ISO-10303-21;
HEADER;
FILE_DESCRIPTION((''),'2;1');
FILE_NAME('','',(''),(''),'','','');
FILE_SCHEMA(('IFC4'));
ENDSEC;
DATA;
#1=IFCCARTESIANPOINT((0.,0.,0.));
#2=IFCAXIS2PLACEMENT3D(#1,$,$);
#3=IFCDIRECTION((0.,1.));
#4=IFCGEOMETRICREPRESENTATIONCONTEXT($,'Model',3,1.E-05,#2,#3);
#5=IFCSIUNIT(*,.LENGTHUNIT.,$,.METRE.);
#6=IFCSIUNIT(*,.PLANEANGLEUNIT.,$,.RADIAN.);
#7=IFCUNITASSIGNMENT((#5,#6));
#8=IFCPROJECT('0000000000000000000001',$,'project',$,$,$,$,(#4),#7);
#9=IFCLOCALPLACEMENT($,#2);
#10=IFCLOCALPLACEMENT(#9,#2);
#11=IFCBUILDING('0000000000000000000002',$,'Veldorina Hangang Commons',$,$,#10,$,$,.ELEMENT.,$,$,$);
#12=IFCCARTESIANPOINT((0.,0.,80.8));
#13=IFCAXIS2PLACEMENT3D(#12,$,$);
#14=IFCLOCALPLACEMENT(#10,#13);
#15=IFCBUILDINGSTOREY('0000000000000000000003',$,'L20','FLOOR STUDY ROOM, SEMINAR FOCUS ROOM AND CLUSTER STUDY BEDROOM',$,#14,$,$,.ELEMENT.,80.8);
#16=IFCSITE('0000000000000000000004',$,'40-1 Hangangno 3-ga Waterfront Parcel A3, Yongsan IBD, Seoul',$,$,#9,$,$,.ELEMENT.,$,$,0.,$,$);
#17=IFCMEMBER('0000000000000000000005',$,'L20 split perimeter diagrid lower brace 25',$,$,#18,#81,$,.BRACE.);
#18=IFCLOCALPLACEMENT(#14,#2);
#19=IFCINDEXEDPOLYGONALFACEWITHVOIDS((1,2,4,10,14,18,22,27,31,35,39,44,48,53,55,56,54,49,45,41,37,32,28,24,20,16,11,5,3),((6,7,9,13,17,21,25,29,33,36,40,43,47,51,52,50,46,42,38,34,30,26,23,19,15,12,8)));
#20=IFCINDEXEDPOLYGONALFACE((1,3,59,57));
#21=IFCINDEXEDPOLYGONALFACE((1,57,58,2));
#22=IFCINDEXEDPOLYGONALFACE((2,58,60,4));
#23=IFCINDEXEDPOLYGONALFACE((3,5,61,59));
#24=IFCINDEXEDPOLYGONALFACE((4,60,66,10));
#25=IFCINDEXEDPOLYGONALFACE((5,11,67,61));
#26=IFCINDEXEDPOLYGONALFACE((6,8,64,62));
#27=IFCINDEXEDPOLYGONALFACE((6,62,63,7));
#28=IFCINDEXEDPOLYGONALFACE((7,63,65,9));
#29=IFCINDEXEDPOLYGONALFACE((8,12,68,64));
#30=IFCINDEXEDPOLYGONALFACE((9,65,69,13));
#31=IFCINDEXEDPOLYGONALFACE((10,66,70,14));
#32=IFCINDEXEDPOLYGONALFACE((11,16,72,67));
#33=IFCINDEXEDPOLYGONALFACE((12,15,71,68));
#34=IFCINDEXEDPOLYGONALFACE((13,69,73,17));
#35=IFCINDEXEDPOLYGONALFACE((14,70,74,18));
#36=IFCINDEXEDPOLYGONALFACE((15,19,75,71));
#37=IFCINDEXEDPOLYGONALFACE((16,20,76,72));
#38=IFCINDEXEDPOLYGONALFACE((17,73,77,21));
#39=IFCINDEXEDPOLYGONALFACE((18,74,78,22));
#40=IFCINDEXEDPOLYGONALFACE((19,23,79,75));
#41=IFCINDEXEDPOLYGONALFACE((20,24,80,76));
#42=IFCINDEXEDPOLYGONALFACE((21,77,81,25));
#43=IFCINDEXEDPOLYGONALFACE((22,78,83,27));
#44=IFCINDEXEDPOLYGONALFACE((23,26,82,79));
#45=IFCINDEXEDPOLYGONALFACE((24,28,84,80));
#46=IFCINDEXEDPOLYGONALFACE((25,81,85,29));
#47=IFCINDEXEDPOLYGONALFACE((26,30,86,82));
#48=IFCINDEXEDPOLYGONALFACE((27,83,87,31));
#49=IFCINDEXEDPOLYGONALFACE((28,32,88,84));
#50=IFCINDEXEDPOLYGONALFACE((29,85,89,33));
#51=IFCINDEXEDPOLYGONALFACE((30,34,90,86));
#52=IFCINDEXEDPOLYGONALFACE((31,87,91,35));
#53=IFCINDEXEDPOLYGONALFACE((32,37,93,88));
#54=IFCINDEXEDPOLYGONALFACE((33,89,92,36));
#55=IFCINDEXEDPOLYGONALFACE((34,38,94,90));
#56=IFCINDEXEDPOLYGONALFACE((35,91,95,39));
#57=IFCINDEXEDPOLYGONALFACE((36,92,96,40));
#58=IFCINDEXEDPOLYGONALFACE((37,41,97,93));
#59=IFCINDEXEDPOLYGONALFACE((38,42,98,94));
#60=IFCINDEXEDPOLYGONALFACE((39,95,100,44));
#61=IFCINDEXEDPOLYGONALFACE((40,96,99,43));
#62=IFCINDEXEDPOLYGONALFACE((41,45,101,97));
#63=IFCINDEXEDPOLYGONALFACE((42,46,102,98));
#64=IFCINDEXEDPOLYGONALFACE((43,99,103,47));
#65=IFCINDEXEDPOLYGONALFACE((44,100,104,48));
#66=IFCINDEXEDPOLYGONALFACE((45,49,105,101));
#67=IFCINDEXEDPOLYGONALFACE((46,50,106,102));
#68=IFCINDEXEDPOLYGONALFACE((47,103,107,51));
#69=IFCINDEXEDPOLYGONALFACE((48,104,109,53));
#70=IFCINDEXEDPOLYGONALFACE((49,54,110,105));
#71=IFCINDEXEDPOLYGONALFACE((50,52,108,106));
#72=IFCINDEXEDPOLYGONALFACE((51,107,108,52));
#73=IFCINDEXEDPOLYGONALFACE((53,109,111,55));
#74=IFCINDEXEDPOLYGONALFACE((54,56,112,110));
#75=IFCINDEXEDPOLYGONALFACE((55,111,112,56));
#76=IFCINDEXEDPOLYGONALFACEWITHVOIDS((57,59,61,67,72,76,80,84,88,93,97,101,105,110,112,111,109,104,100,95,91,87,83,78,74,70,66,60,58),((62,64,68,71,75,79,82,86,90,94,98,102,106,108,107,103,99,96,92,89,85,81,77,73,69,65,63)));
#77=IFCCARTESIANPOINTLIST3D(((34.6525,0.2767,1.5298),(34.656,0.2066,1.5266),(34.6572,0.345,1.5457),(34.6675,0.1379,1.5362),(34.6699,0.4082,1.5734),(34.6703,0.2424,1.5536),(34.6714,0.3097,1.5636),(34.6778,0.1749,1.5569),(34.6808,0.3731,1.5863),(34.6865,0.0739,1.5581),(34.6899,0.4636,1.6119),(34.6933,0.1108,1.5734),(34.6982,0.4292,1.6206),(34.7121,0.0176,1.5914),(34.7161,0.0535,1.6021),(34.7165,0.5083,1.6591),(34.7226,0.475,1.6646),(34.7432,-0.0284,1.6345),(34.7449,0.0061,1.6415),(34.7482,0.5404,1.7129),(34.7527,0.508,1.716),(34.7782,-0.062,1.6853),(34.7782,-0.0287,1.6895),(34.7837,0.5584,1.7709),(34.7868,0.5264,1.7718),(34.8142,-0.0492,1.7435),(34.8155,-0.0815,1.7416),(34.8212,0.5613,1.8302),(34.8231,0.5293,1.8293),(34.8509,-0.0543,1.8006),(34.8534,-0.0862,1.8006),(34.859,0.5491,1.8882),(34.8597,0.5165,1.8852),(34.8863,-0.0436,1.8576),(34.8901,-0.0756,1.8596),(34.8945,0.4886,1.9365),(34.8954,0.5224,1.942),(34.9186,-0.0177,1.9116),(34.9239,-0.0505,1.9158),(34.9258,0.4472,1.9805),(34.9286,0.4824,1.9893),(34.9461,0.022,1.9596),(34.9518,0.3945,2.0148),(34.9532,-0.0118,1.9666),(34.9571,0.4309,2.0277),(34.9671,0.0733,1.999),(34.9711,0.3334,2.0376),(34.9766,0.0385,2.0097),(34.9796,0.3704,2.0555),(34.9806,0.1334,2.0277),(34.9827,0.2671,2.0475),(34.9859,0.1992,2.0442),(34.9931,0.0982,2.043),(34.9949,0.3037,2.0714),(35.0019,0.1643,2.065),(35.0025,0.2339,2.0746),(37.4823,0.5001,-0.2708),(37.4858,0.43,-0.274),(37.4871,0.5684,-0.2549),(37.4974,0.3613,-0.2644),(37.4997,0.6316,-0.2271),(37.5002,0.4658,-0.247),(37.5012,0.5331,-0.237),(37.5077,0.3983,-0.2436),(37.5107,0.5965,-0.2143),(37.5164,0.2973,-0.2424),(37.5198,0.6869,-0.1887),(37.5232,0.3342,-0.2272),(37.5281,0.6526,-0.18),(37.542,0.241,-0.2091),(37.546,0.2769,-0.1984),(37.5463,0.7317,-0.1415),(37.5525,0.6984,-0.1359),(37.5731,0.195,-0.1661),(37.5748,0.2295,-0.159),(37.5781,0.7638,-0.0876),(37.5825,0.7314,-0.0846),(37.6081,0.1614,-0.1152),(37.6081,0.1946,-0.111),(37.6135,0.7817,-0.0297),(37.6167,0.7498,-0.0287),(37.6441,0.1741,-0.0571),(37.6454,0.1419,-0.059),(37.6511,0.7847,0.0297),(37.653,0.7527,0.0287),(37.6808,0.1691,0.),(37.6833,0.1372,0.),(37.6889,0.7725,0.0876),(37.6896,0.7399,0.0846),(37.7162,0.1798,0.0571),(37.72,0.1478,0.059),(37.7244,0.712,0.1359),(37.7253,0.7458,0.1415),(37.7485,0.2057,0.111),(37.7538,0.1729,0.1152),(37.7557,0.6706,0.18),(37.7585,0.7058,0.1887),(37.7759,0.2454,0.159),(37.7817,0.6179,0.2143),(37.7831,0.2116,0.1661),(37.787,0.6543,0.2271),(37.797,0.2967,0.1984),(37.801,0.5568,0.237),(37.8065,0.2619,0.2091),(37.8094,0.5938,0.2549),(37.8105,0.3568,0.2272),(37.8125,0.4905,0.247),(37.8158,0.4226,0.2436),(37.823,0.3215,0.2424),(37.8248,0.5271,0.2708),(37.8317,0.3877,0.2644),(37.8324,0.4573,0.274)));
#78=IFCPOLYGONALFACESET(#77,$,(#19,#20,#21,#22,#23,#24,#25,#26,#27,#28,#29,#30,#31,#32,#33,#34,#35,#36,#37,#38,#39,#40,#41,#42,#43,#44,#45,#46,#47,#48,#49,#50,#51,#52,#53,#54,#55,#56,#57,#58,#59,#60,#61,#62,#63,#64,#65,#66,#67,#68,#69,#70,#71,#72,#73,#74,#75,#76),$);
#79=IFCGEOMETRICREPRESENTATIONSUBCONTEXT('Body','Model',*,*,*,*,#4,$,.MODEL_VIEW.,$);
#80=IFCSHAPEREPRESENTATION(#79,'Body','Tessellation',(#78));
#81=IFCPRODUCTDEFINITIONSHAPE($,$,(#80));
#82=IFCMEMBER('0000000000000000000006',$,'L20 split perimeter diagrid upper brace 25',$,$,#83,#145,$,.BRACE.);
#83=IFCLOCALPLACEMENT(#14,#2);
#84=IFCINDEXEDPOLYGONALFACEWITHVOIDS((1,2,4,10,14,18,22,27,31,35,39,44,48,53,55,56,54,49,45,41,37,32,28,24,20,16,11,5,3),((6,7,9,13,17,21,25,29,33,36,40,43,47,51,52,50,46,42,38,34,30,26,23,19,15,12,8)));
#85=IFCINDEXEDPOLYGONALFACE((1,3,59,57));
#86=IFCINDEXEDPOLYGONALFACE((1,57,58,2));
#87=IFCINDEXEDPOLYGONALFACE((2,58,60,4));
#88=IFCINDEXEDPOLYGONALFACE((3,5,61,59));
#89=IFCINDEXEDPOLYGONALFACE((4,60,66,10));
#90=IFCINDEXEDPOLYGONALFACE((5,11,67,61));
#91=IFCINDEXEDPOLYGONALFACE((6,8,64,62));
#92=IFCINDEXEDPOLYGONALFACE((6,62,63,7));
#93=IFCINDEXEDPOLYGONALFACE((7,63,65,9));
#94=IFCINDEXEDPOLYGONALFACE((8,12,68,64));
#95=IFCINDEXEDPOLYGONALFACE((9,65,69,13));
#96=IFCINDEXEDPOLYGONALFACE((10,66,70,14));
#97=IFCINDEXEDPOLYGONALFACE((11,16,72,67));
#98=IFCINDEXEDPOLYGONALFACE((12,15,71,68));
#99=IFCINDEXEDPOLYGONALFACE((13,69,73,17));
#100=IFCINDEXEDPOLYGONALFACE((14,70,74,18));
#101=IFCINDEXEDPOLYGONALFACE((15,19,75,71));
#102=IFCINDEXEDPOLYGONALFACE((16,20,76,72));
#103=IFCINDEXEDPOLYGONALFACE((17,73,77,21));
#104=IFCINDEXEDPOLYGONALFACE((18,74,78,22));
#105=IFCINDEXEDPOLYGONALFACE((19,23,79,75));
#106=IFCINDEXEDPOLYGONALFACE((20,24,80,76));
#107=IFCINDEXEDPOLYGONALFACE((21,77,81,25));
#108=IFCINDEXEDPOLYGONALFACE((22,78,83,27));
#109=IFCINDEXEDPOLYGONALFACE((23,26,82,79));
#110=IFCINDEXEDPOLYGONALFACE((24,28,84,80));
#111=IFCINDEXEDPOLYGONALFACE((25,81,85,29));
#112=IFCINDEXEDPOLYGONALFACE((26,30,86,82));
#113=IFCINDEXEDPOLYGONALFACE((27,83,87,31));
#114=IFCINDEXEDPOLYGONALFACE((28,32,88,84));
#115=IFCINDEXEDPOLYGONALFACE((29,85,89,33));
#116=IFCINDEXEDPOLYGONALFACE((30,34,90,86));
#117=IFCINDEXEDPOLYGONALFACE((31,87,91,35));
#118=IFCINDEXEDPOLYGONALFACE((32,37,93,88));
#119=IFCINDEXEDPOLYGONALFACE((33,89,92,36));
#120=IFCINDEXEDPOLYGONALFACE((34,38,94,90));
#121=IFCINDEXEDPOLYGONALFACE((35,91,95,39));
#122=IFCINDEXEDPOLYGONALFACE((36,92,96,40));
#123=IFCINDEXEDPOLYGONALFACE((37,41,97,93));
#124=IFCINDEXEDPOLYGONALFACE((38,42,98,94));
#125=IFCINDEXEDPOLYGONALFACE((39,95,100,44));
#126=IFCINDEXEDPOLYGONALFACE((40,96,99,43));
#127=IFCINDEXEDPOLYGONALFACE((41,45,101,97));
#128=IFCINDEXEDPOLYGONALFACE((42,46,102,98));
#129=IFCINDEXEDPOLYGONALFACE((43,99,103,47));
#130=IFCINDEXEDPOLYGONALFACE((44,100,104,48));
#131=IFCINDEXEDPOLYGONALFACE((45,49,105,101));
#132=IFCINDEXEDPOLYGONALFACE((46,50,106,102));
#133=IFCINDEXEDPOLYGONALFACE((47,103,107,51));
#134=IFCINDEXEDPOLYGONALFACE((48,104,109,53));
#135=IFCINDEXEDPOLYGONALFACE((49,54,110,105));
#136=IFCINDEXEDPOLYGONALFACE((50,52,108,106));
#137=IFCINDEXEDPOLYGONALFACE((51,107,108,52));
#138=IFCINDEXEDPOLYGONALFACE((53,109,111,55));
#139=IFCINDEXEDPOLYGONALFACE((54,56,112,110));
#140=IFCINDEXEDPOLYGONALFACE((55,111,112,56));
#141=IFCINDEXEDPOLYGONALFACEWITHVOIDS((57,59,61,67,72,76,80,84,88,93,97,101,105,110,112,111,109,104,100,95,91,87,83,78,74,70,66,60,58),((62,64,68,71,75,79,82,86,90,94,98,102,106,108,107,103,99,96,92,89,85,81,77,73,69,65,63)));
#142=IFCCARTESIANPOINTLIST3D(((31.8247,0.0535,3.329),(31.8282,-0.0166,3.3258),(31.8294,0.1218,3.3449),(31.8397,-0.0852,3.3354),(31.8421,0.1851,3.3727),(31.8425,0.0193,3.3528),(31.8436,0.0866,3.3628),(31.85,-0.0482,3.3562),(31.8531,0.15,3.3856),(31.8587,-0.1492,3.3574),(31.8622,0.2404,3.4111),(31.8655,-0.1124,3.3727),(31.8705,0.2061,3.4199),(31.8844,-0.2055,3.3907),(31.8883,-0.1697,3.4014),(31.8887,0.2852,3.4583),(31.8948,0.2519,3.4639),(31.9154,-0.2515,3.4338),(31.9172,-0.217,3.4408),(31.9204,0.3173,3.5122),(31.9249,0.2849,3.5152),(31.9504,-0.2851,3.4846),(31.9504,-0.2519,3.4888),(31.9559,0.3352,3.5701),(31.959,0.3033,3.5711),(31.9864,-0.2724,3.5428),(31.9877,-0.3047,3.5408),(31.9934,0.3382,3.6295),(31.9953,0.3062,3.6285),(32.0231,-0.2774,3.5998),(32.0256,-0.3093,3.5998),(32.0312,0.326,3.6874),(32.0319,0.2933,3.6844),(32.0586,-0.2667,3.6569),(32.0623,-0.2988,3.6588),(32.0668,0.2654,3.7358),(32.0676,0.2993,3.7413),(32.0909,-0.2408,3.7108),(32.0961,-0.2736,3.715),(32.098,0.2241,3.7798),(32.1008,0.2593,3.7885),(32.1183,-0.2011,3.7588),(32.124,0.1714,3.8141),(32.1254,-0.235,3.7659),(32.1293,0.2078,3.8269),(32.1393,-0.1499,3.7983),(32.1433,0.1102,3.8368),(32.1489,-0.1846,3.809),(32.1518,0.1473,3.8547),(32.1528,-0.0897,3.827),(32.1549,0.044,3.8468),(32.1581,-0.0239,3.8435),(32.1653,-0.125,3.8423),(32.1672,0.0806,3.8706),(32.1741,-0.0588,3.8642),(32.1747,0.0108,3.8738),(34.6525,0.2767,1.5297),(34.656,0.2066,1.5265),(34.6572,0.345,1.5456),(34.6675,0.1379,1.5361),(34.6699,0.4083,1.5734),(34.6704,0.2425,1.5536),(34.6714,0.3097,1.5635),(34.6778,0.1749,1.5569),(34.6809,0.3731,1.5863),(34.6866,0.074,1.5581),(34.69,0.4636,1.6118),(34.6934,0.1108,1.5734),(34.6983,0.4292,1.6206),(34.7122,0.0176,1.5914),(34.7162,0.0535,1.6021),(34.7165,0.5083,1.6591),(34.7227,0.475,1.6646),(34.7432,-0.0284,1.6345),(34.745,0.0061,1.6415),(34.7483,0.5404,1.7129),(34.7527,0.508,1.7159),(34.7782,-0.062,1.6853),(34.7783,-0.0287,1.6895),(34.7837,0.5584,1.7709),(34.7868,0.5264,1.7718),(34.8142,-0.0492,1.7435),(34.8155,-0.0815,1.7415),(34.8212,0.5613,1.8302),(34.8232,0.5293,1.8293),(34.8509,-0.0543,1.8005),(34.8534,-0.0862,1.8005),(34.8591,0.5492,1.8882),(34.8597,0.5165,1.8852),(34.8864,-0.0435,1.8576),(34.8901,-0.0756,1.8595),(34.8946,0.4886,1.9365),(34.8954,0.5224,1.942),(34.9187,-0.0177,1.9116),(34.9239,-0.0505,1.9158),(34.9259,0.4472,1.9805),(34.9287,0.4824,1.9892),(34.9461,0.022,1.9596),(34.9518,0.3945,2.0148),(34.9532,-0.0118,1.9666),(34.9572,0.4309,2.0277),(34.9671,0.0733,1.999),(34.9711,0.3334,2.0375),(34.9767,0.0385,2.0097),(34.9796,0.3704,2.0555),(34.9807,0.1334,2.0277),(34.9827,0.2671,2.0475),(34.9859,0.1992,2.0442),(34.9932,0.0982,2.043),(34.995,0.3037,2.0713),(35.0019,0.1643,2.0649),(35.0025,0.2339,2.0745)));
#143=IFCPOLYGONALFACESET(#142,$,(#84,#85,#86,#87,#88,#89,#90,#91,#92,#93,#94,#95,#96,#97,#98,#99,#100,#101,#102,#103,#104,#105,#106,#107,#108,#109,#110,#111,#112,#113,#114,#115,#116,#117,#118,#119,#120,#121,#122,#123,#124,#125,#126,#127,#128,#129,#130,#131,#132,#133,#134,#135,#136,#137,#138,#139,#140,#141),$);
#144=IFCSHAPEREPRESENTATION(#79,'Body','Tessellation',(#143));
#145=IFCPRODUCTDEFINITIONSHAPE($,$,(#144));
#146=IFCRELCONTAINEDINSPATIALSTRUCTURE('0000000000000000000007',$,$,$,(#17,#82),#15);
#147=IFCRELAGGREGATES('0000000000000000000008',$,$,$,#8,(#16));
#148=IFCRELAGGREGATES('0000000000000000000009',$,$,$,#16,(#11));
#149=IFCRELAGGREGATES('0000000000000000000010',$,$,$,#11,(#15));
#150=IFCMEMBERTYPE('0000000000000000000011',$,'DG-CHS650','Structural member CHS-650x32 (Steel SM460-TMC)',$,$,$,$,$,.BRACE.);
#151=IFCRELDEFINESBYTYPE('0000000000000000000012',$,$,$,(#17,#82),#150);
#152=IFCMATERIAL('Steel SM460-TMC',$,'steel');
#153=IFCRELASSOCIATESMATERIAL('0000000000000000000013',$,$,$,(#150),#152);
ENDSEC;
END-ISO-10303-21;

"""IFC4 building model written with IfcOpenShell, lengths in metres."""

from ifc_helpers import new_model, si_unit, direction, frame, origin, origin_2d, place, context, subcontext, project, spatial, hollow_circle, extrude, material, material_profile, profile_set, type_object, element, save


model = new_model("IFC4")

# Units and contexts
model_context = context("Model", 3, precision=1e-05, world=origin(), true_north=direction((0.0, 1.0)))
body_context = subcontext(model_context, "Body", "Model", "MODEL_VIEW")
ifc_project = project(units=[si_unit("LENGTHUNIT", "METRE"), si_unit("PLANEANGLEUNIT", "RADIAN")], contexts=[model_context])

# Site, building, storey
site_placement = place(None, origin())
site = spatial("IfcSite", under=ifc_project, at=site_placement, Name="40-1 Hangangno 3-ga Waterfront Parcel A3, Yongsan IBD, Seoul", CompositionType="ELEMENT", RefElevation=0.0)
building_placement = place(site_placement, origin())
building = spatial("IfcBuilding", under=site, at=building_placement, Name="Veldorina Hangang Commons", CompositionType="ELEMENT")
storey_placement = place(building_placement, frame((0.0, 0.0, 80.8)))
storey = spatial("IfcBuildingStorey", under=building, at=storey_placement, Name="L20", Description="FLOOR STUDY ROOM, SEMINAR FOCUS ROOM AND CLUSTER STUDY BEDROOM", CompositionType="ELEMENT", Elevation=80.8)

# Members
ifc_material_1 = material(Name="Steel SM460-TMC", Category="steel")
ifc_material_profile_1 = material_profile(ifc_material_1, hollow_circle(Radius=0.325, WallThickness=0.032, at=origin_2d()), Name="CHS-650x32")
ifc_profile_set_1 = profile_set([ifc_material_profile_1], Name="Steel SM460-TMC")
member_type_1 = type_object("IfcMemberType", Name="DG-CHS650", Description="Structural member CHS-650x32 (Steel SM460-TMC)", PredefinedType="BRACE", material=ifc_profile_set_1)
member_1_placement = place(storey_placement, frame((37.6577, 0.4612, 0.0), z_axis=(-0.841832, -0.066455, 0.535632), x_axis=(0.078696, -0.996899, 0.0)))
element("IfcMember", 1, at=member_1_placement, inside=storey, type_object=member_type_1, Name="L20 split perimeter diagrid lower brace 25", PredefinedType="BRACE", context=body_context, shape_type="SweptSolid", body=[
    extrude(hollow_circle(Radius=0.325, WallThickness=0.032, at=origin_2d()), origin(), (0.0, 0.0, 1.0), 3.3616),
])
member_2_placement = place(storey_placement, frame((34.8279, 0.2378, 1.8005), z_axis=(-0.841831, -0.066428, 0.535638), x_axis=(0.078664, -0.996901, 0.0)))
element("IfcMember", 2, at=member_2_placement, inside=storey, type_object=member_type_1, Name="L20 split perimeter diagrid upper brace 25", PredefinedType="BRACE", context=body_context, shape_type="SweptSolid", body=[
    extrude(hollow_circle(Radius=0.325, WallThickness=0.032, at=origin_2d()), origin(), (0.0, 0.0, 1.0), 3.3591),
])

save(model, "model.ifc")
